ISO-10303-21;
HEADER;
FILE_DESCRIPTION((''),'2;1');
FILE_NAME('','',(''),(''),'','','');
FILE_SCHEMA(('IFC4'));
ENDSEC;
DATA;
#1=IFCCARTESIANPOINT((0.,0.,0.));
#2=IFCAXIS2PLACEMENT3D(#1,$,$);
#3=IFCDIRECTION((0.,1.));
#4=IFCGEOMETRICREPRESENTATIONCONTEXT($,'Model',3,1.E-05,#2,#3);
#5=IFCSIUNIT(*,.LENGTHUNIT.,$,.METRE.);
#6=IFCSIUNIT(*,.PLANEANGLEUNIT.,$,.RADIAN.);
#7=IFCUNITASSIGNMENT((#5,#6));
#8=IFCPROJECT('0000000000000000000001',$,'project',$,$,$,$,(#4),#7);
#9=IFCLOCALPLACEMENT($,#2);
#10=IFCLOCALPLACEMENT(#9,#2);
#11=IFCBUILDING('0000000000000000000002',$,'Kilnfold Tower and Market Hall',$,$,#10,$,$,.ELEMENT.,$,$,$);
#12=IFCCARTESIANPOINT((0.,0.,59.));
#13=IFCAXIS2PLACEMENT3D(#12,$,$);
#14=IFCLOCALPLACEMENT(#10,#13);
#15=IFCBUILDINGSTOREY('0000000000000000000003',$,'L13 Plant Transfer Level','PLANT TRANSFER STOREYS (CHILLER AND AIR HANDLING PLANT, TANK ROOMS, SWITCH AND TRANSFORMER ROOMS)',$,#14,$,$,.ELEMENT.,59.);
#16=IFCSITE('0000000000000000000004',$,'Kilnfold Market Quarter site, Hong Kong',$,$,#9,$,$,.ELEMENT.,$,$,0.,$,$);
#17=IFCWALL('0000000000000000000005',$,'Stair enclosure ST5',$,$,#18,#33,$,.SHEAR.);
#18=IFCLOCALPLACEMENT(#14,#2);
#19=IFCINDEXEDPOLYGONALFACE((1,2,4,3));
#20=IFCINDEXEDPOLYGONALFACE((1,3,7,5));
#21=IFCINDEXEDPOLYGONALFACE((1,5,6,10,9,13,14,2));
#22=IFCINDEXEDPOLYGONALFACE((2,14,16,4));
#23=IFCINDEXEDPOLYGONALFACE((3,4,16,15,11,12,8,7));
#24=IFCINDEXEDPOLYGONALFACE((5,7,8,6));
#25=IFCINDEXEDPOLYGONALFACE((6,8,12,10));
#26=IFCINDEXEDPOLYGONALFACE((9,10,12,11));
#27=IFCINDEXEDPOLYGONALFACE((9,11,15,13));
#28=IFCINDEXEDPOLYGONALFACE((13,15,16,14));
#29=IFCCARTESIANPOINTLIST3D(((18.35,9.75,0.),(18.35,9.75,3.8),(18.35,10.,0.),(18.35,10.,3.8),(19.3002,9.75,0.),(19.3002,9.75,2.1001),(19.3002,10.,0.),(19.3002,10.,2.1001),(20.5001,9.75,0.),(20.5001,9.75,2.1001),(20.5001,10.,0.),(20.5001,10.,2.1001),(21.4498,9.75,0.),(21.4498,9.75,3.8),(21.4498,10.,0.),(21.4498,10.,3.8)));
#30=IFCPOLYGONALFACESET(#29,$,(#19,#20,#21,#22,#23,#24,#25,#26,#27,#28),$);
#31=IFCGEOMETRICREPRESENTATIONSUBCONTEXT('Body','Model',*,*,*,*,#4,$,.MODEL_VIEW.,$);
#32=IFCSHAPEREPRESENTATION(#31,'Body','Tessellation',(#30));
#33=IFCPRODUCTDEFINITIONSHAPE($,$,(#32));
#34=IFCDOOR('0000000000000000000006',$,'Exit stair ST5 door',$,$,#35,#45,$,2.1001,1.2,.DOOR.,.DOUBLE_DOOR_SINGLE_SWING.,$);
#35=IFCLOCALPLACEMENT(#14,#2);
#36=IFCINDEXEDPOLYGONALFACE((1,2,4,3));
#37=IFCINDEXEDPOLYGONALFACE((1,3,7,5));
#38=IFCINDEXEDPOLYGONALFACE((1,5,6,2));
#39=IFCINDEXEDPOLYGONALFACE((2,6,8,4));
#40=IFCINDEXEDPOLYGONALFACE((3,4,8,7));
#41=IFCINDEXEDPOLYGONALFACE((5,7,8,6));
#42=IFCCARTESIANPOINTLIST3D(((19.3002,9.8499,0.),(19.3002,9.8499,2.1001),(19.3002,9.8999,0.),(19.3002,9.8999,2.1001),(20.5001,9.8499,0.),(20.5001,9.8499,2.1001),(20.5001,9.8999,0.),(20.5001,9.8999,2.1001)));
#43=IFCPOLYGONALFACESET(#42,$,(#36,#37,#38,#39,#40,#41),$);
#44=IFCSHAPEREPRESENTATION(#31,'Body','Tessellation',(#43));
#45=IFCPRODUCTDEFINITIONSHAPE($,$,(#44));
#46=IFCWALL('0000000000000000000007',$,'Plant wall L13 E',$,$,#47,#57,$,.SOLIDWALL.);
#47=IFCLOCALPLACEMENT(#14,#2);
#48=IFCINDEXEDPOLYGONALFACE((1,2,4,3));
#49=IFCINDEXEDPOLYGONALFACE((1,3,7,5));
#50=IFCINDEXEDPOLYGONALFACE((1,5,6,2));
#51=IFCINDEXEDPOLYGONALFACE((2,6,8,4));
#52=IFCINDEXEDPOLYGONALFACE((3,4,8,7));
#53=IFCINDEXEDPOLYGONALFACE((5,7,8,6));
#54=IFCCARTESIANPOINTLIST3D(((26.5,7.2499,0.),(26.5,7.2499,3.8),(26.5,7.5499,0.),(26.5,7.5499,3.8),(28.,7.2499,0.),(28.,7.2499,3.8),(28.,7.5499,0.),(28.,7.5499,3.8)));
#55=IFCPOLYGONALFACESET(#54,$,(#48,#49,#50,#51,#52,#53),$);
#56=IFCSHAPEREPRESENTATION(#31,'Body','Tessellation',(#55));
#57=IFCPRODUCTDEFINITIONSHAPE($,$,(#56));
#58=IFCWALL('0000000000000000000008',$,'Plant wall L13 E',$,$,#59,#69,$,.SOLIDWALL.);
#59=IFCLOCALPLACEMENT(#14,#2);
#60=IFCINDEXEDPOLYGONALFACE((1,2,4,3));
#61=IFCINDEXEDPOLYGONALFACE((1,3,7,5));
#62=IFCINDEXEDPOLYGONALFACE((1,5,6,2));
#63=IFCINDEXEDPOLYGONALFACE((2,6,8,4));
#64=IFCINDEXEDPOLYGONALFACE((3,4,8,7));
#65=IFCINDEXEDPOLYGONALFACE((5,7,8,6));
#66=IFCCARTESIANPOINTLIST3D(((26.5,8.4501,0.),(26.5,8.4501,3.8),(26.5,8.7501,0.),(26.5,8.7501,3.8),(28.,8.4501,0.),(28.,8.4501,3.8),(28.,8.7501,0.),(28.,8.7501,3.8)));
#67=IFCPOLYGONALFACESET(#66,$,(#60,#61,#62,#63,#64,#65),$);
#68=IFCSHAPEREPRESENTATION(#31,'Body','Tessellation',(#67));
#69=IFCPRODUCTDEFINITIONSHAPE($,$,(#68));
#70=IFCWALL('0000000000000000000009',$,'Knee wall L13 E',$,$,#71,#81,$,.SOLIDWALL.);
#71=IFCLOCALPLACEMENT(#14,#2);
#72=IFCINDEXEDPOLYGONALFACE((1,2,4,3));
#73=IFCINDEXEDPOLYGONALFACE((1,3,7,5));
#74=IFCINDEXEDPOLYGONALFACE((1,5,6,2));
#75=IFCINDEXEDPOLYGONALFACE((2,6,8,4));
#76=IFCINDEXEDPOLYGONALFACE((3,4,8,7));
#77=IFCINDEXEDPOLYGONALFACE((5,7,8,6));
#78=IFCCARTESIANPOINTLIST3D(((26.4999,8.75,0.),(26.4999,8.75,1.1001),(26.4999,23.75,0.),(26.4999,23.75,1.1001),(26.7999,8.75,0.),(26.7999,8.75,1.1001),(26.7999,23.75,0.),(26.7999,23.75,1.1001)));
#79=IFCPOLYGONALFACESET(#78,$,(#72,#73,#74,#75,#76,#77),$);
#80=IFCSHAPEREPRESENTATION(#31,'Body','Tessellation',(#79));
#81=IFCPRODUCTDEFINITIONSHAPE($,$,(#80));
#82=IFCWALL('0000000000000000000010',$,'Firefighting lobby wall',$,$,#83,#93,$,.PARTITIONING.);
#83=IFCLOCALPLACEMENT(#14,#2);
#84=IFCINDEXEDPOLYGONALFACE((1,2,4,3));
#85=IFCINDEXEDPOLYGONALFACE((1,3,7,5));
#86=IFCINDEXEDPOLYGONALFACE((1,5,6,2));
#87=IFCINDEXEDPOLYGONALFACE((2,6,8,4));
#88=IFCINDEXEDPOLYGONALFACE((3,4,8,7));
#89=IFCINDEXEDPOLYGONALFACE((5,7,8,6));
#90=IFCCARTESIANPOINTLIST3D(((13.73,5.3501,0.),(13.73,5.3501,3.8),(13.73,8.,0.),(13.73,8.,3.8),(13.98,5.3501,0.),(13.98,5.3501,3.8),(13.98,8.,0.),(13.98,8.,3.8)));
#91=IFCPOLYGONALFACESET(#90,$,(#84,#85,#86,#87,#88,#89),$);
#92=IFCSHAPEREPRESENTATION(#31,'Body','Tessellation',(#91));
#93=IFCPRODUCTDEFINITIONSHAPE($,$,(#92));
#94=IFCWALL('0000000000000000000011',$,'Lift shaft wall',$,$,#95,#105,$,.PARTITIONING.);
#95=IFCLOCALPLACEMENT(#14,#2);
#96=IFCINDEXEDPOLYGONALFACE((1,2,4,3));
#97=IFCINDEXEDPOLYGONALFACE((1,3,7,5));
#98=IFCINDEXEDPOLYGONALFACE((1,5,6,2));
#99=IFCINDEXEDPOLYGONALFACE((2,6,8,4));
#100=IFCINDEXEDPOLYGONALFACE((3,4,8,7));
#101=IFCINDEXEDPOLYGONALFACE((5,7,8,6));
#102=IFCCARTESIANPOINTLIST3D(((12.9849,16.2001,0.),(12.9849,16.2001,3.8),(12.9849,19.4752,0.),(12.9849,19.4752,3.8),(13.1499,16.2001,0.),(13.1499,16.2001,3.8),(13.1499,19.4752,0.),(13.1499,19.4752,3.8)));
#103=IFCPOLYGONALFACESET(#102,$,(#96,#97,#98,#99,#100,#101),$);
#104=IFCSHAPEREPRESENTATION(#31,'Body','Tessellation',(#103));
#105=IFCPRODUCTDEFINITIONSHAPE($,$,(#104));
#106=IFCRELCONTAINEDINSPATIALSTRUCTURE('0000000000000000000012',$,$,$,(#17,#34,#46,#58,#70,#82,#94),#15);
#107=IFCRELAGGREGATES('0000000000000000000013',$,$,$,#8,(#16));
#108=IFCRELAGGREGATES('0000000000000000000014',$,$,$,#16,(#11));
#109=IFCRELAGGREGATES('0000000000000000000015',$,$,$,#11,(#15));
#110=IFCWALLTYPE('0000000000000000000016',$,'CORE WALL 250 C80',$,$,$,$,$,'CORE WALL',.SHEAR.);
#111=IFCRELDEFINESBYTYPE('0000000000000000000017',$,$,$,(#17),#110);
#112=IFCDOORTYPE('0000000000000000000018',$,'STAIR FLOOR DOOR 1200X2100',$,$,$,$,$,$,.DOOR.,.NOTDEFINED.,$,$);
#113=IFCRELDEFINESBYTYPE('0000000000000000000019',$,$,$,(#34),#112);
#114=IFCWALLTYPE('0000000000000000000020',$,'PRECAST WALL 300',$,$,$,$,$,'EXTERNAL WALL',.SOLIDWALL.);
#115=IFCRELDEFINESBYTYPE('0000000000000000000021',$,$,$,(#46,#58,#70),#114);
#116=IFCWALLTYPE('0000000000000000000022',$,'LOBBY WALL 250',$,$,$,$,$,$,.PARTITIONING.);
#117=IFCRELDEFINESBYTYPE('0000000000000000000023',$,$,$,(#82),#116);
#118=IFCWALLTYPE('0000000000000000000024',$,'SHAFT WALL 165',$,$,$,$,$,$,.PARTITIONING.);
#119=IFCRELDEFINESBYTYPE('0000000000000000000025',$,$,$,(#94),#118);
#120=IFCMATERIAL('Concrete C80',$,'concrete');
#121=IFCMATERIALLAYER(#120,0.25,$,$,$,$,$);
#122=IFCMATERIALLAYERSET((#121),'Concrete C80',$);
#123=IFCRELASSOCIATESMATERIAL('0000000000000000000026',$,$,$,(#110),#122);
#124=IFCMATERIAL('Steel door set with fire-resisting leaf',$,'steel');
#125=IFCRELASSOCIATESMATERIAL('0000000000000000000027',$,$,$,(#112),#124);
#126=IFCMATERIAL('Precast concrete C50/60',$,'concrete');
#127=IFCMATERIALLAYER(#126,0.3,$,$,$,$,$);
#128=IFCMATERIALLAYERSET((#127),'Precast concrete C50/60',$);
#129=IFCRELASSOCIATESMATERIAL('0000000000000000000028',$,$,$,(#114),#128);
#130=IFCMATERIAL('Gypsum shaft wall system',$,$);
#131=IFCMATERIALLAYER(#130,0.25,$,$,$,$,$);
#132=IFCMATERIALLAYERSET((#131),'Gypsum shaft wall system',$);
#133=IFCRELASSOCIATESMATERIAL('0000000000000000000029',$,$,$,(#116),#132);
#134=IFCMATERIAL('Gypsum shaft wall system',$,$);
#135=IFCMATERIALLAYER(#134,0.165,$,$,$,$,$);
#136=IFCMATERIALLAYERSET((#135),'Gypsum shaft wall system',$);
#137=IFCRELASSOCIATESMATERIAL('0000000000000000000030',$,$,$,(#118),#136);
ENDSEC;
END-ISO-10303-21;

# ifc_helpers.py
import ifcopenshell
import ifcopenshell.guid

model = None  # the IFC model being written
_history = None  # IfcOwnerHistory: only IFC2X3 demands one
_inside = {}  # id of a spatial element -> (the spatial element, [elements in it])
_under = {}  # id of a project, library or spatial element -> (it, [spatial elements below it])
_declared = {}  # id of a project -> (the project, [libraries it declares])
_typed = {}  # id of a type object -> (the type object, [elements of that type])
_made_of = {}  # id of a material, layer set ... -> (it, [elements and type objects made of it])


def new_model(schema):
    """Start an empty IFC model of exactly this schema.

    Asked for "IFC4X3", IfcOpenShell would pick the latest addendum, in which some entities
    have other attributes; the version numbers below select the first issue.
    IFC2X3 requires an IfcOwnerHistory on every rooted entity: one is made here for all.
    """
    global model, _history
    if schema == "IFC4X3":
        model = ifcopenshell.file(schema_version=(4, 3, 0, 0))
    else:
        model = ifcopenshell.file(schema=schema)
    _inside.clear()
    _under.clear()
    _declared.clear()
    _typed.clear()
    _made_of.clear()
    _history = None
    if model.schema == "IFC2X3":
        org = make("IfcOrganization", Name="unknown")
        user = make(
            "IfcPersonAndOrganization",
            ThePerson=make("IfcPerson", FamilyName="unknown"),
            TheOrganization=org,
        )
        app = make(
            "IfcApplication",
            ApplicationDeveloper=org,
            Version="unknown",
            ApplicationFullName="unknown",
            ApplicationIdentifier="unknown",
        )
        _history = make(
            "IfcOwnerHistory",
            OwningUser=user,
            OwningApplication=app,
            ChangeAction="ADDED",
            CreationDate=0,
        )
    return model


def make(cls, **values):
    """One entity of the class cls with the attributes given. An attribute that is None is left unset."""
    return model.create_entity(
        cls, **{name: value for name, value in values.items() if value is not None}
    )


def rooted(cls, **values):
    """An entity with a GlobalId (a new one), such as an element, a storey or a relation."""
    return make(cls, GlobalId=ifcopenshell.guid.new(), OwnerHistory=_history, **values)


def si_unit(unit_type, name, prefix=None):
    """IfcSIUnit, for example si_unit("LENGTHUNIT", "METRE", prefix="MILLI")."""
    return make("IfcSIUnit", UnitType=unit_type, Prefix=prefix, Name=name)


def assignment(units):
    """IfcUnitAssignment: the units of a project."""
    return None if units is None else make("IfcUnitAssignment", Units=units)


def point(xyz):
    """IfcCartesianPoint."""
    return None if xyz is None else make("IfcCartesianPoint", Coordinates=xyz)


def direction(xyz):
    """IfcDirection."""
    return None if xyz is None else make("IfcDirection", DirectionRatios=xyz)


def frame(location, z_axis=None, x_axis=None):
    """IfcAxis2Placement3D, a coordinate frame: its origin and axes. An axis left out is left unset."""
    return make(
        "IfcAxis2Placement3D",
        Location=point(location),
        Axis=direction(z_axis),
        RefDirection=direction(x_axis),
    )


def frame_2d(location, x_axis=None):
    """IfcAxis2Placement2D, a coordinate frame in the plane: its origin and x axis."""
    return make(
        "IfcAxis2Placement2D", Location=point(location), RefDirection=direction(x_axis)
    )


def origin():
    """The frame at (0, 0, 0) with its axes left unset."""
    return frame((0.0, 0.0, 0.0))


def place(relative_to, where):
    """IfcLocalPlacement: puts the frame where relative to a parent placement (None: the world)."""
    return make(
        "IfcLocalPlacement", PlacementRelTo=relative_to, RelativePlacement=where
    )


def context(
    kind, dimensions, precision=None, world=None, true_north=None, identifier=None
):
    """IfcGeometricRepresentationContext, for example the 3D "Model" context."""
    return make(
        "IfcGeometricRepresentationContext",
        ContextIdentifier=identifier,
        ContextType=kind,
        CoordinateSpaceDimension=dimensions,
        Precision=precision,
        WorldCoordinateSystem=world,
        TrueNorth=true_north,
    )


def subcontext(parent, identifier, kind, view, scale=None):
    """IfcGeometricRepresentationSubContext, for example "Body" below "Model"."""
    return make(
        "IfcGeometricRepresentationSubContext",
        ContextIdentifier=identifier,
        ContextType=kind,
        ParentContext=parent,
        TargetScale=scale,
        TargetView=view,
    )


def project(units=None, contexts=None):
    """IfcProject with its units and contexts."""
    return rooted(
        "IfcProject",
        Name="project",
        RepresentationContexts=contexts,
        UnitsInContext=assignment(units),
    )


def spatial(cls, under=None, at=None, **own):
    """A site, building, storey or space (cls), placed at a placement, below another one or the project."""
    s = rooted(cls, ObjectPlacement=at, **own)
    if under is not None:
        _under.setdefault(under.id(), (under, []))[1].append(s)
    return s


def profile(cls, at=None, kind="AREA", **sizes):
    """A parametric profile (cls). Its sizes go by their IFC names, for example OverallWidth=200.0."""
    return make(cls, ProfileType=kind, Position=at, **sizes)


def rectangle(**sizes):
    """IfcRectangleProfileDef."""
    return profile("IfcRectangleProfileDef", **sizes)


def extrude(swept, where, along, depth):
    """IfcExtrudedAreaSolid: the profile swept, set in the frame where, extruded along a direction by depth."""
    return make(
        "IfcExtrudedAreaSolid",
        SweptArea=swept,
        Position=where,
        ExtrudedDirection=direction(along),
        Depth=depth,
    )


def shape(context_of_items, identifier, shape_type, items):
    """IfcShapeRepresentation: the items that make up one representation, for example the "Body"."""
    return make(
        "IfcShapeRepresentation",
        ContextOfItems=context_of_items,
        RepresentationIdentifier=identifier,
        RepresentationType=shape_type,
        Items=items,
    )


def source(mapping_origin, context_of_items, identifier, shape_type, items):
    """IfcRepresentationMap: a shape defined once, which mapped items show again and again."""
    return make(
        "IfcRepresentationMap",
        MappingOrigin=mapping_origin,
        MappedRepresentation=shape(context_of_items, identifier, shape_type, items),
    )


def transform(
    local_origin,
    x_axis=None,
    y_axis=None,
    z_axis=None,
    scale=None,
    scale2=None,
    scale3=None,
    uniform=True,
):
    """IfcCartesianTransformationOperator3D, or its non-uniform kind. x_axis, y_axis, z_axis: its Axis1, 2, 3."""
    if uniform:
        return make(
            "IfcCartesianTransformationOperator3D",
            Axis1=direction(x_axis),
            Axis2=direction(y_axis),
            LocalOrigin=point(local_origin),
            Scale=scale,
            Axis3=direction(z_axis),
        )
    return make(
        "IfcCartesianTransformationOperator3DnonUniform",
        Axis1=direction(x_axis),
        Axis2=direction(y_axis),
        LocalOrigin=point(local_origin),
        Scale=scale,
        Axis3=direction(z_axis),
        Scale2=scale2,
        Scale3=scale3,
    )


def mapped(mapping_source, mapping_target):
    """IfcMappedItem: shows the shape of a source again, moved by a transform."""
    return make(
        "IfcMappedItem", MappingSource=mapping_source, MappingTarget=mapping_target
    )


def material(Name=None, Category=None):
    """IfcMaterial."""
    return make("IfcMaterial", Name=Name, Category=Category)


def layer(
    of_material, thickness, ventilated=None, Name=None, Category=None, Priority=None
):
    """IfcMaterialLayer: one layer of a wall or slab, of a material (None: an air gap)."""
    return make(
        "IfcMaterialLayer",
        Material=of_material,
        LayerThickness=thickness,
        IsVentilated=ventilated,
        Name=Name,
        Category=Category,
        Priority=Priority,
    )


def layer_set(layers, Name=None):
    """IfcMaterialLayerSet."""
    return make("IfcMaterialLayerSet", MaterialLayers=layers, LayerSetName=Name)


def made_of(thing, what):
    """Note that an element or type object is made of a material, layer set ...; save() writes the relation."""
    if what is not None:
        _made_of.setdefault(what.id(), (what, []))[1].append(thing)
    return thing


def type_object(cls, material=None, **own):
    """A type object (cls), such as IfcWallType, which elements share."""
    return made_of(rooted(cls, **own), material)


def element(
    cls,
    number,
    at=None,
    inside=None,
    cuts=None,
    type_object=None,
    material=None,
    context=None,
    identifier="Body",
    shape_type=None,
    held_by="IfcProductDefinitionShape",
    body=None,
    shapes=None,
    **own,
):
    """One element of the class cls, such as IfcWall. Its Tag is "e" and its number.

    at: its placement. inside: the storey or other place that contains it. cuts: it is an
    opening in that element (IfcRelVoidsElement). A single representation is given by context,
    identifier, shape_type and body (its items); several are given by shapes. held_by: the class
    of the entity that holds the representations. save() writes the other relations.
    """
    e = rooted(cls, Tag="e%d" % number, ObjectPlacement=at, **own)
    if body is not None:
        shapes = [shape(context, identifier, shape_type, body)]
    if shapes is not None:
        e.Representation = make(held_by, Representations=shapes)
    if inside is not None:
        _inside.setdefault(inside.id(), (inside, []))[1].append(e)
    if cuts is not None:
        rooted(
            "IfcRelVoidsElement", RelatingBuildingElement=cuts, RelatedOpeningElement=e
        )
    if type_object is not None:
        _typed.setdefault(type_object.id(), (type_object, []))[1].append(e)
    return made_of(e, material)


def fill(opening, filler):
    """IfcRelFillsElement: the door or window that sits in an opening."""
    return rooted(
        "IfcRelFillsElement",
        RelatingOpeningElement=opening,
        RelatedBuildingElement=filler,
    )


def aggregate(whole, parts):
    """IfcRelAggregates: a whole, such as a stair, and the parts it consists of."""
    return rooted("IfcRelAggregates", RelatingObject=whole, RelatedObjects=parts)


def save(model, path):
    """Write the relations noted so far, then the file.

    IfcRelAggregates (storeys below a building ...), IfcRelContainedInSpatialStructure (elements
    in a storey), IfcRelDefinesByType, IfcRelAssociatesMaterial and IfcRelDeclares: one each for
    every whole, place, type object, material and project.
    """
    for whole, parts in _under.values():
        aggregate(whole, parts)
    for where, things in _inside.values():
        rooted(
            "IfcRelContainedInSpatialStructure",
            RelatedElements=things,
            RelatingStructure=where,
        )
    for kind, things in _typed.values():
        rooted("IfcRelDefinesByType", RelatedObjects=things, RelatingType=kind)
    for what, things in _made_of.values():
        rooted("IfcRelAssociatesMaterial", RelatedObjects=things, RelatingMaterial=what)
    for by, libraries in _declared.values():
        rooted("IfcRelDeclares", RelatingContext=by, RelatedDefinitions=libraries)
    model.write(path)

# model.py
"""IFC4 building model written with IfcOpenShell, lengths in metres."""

from ifc_helpers import new_model, si_unit, direction, frame, frame_2d, origin, place, context, subcontext, project, spatial, rectangle, extrude, source, transform, mapped, material, layer, layer_set, type_object, element, fill, save


model = new_model("IFC4")

# Units and contexts
model_context = context("Model", 3, precision=1e-05, world=origin(), true_north=direction((0.0, 1.0)))
body_context = subcontext(model_context, "Body", "Model", "MODEL_VIEW")
ifc_project = project(units=[si_unit("LENGTHUNIT", "METRE"), si_unit("PLANEANGLEUNIT", "RADIAN")], contexts=[model_context])

# Site, building, storey
site_placement = place(None, origin())
site = spatial("IfcSite", under=ifc_project, at=site_placement, Name="Kilnfold Market Quarter site, Hong Kong", CompositionType="ELEMENT", RefElevation=0.0)
building_placement = place(site_placement, origin())
building = spatial("IfcBuilding", under=site, at=building_placement, Name="Kilnfold Tower and Market Hall", CompositionType="ELEMENT")
storey_placement = place(building_placement, frame((0.0, 0.0, 59.0)))
storey = spatial("IfcBuildingStorey", under=building, at=storey_placement, Name="L13 Plant Transfer Level", Description="PLANT TRANSFER STOREYS (CHILLER AND AIR HANDLING PLANT, TANK ROOMS, SWITCH AND TRANSFORMER ROOMS)", CompositionType="ELEMENT", Elevation=59.0)

# Shared definitions
ifc_material_1 = material(Name="Concrete C80", Category="concrete")
ifc_layer_1 = layer(ifc_material_1, 0.25)
ifc_layer_set_1 = layer_set([ifc_layer_1], Name="Concrete C80")
wall_type_1 = type_object("IfcWallType", Name="CORE WALL 250 C80", ElementType="CORE WALL", PredefinedType="SHEAR", material=ifc_layer_set_1)

# Wall, opening, door
shared_shape_1 = source(origin(), body_context, "Body", "SweptSolid", [
    extrude(rectangle(XDim=3.0999, YDim=0.25, at=frame_2d((1.5498, 0.0))), origin(), (0.0, 0.0, 1.0), 3.8),
])
wall_1_placement = place(storey_placement, frame((18.3501, 9.875, 0.0), z_axis=(0.0, 0.0, 1.0), x_axis=(1.0, 0.0, 0.0)))
wall_1 = element("IfcWall", 1, at=wall_1_placement, inside=storey, type_object=wall_type_1, Name="Stair enclosure ST5", PredefinedType="SHEAR", context=body_context, shape_type="MappedRepresentation", body=[
    mapped(shared_shape_1, transform((0.0, 0.0, 0.0))),
])
opening_placement = place(wall_1_placement, frame((0.95, 0.0, 0.0)))
opening = element("IfcOpeningElement", 2, at=opening_placement, cuts=wall_1, PredefinedType="OPENING", context=body_context, shape_type="SweptSolid", body=[
    extrude(rectangle(XDim=1.2, YDim=2.1001, at=frame_2d((0.6001, 1.05))), frame((0.0, 0.135, 0.0), z_axis=(0.0, -1.0, 0.0), x_axis=(1.0, 0.0, 0.0)), (0.0, 0.0, 1.0), 0.27),
])
ifc_material_2 = material(Name="Steel door set with fire-resisting leaf", Category="steel")
door_type = type_object("IfcDoorType", Name="STAIR FLOOR DOOR 1200X2100", OperationType="NOTDEFINED", PredefinedType="DOOR", material=ifc_material_2)
door_placement = place(opening_placement, origin())
door = element("IfcDoor", 3, at=door_placement, inside=storey, type_object=door_type, Name="Exit stair ST5 door", OperationType="DOUBLE_DOOR_SINGLE_SWING", OverallHeight=2.1001, OverallWidth=1.2, PredefinedType="DOOR", context=body_context, shape_type="SweptSolid", body=[
    extrude(rectangle(XDim=1.2, YDim=2.1001, at=frame_2d((0.6001, 1.05))), frame((0.0, 0.0249, 0.0), z_axis=(0.0, -1.0, 0.0), x_axis=(1.0, 0.0, 0.0)), (0.0, 0.0, 1.0), 0.05),
])
fill(opening, door)

# Walls
ifc_material_3 = material(Name="Precast concrete C50/60", Category="concrete")
ifc_layer_2 = layer(ifc_material_3, 0.3)
ifc_layer_set_2 = layer_set([ifc_layer_2], Name="Precast concrete C50/60")
wall_type_2 = type_object("IfcWallType", Name="PRECAST WALL 300", ElementType="EXTERNAL WALL", PredefinedType="SOLIDWALL", material=ifc_layer_set_2)
shared_shape_2 = source(origin(), body_context, "Body", "SweptSolid", [
    extrude(rectangle(XDim=1.5, YDim=0.3, at=frame_2d((0.75, 0.0))), origin(), (0.0, 0.0, 1.0), 3.8),
])
for number, where, z_axis, x_axis, name in (
    (4, (28.0, 7.3999, 0.0), (0.0, 0.0, 1.0), (-1.0, 0.0, 0.0), "Plant wall L13 E"),
    (5, (28.0, 8.6001, 0.0), (0.0, 0.0, 1.0), (-1.0, 0.0, 0.0), "Plant wall L13 E"),
):
    element("IfcWall", number, at=place(storey_placement, frame(where, z_axis=z_axis, x_axis=x_axis)), inside=storey, type_object=wall_type_2, Name=name, PredefinedType="SOLIDWALL", context=body_context, shape_type="MappedRepresentation", body=[
        mapped(shared_shape_2, transform((0.0, 0.0, 0.0))),
    ])
shared_shape_3 = source(origin(), body_context, "Body", "SweptSolid", [
    extrude(rectangle(XDim=15.0, YDim=0.3, at=frame_2d((7.5, 0.0))), origin(), (0.0, 0.0, 1.0), 1.1001),
])
wall_2_placement = place(storey_placement, frame((26.6499, 8.75, 0.0), z_axis=(0.0, 0.0, 1.0), x_axis=(0.0, 1.0, 0.0)))
element("IfcWall", 6, at=wall_2_placement, inside=storey, type_object=wall_type_2, Name="Knee wall L13 E", PredefinedType="SOLIDWALL", context=body_context, shape_type="MappedRepresentation", body=[
    mapped(shared_shape_3, transform((0.0, 0.0, 0.0))),
])
ifc_material_4 = material(Name="Gypsum shaft wall system")
ifc_layer_3 = layer(ifc_material_4, 0.25)
ifc_layer_set_3 = layer_set([ifc_layer_3], Name="Gypsum shaft wall system")
wall_type_3 = type_object("IfcWallType", Name="LOBBY WALL 250", PredefinedType="PARTITIONING", material=ifc_layer_set_3)
shared_shape_4 = source(origin(), body_context, "Body", "SweptSolid", [
    extrude(rectangle(XDim=2.6499, YDim=0.25, at=frame_2d((1.325, 0.0))), origin(), (0.0, 0.0, 1.0), 3.8),
])
wall_3_placement = place(storey_placement, frame((13.855, 5.3501, 0.0), z_axis=(0.0, 0.0, 1.0), x_axis=(0.0, 1.0, 0.0)))
element("IfcWall", 7, at=wall_3_placement, inside=storey, type_object=wall_type_3, Name="Firefighting lobby wall", PredefinedType="PARTITIONING", context=body_context, shape_type="MappedRepresentation", body=[
    mapped(shared_shape_4, transform((0.0, 0.0, 0.0))),
])
ifc_material_5 = material(Name="Gypsum shaft wall system")
ifc_layer_4 = layer(ifc_material_5, 0.165)
ifc_layer_set_4 = layer_set([ifc_layer_4], Name="Gypsum shaft wall system")
wall_type_4 = type_object("IfcWallType", Name="SHAFT WALL 165", PredefinedType="PARTITIONING", material=ifc_layer_set_4)
shared_shape_5 = source(origin(), body_context, "Body", "SweptSolid", [
    extrude(rectangle(XDim=3.2751, YDim=0.165, at=frame_2d((1.6377, 0.0))), origin(), (0.0, 0.0, 1.0), 3.8),
])
wall_4_placement = place(storey_placement, frame((13.0674, 16.2, 0.0), z_axis=(0.0, 0.0, 1.0), x_axis=(0.0, 1.0, 0.0)))
element("IfcWall", 8, at=wall_4_placement, inside=storey, type_object=wall_type_4, Name="Lift shaft wall", PredefinedType="PARTITIONING", context=body_context, shape_type="MappedRepresentation", body=[
    mapped(shared_shape_5, transform((0.0, 0.0, 0.0))),
])

save(model, "model.ifc")
